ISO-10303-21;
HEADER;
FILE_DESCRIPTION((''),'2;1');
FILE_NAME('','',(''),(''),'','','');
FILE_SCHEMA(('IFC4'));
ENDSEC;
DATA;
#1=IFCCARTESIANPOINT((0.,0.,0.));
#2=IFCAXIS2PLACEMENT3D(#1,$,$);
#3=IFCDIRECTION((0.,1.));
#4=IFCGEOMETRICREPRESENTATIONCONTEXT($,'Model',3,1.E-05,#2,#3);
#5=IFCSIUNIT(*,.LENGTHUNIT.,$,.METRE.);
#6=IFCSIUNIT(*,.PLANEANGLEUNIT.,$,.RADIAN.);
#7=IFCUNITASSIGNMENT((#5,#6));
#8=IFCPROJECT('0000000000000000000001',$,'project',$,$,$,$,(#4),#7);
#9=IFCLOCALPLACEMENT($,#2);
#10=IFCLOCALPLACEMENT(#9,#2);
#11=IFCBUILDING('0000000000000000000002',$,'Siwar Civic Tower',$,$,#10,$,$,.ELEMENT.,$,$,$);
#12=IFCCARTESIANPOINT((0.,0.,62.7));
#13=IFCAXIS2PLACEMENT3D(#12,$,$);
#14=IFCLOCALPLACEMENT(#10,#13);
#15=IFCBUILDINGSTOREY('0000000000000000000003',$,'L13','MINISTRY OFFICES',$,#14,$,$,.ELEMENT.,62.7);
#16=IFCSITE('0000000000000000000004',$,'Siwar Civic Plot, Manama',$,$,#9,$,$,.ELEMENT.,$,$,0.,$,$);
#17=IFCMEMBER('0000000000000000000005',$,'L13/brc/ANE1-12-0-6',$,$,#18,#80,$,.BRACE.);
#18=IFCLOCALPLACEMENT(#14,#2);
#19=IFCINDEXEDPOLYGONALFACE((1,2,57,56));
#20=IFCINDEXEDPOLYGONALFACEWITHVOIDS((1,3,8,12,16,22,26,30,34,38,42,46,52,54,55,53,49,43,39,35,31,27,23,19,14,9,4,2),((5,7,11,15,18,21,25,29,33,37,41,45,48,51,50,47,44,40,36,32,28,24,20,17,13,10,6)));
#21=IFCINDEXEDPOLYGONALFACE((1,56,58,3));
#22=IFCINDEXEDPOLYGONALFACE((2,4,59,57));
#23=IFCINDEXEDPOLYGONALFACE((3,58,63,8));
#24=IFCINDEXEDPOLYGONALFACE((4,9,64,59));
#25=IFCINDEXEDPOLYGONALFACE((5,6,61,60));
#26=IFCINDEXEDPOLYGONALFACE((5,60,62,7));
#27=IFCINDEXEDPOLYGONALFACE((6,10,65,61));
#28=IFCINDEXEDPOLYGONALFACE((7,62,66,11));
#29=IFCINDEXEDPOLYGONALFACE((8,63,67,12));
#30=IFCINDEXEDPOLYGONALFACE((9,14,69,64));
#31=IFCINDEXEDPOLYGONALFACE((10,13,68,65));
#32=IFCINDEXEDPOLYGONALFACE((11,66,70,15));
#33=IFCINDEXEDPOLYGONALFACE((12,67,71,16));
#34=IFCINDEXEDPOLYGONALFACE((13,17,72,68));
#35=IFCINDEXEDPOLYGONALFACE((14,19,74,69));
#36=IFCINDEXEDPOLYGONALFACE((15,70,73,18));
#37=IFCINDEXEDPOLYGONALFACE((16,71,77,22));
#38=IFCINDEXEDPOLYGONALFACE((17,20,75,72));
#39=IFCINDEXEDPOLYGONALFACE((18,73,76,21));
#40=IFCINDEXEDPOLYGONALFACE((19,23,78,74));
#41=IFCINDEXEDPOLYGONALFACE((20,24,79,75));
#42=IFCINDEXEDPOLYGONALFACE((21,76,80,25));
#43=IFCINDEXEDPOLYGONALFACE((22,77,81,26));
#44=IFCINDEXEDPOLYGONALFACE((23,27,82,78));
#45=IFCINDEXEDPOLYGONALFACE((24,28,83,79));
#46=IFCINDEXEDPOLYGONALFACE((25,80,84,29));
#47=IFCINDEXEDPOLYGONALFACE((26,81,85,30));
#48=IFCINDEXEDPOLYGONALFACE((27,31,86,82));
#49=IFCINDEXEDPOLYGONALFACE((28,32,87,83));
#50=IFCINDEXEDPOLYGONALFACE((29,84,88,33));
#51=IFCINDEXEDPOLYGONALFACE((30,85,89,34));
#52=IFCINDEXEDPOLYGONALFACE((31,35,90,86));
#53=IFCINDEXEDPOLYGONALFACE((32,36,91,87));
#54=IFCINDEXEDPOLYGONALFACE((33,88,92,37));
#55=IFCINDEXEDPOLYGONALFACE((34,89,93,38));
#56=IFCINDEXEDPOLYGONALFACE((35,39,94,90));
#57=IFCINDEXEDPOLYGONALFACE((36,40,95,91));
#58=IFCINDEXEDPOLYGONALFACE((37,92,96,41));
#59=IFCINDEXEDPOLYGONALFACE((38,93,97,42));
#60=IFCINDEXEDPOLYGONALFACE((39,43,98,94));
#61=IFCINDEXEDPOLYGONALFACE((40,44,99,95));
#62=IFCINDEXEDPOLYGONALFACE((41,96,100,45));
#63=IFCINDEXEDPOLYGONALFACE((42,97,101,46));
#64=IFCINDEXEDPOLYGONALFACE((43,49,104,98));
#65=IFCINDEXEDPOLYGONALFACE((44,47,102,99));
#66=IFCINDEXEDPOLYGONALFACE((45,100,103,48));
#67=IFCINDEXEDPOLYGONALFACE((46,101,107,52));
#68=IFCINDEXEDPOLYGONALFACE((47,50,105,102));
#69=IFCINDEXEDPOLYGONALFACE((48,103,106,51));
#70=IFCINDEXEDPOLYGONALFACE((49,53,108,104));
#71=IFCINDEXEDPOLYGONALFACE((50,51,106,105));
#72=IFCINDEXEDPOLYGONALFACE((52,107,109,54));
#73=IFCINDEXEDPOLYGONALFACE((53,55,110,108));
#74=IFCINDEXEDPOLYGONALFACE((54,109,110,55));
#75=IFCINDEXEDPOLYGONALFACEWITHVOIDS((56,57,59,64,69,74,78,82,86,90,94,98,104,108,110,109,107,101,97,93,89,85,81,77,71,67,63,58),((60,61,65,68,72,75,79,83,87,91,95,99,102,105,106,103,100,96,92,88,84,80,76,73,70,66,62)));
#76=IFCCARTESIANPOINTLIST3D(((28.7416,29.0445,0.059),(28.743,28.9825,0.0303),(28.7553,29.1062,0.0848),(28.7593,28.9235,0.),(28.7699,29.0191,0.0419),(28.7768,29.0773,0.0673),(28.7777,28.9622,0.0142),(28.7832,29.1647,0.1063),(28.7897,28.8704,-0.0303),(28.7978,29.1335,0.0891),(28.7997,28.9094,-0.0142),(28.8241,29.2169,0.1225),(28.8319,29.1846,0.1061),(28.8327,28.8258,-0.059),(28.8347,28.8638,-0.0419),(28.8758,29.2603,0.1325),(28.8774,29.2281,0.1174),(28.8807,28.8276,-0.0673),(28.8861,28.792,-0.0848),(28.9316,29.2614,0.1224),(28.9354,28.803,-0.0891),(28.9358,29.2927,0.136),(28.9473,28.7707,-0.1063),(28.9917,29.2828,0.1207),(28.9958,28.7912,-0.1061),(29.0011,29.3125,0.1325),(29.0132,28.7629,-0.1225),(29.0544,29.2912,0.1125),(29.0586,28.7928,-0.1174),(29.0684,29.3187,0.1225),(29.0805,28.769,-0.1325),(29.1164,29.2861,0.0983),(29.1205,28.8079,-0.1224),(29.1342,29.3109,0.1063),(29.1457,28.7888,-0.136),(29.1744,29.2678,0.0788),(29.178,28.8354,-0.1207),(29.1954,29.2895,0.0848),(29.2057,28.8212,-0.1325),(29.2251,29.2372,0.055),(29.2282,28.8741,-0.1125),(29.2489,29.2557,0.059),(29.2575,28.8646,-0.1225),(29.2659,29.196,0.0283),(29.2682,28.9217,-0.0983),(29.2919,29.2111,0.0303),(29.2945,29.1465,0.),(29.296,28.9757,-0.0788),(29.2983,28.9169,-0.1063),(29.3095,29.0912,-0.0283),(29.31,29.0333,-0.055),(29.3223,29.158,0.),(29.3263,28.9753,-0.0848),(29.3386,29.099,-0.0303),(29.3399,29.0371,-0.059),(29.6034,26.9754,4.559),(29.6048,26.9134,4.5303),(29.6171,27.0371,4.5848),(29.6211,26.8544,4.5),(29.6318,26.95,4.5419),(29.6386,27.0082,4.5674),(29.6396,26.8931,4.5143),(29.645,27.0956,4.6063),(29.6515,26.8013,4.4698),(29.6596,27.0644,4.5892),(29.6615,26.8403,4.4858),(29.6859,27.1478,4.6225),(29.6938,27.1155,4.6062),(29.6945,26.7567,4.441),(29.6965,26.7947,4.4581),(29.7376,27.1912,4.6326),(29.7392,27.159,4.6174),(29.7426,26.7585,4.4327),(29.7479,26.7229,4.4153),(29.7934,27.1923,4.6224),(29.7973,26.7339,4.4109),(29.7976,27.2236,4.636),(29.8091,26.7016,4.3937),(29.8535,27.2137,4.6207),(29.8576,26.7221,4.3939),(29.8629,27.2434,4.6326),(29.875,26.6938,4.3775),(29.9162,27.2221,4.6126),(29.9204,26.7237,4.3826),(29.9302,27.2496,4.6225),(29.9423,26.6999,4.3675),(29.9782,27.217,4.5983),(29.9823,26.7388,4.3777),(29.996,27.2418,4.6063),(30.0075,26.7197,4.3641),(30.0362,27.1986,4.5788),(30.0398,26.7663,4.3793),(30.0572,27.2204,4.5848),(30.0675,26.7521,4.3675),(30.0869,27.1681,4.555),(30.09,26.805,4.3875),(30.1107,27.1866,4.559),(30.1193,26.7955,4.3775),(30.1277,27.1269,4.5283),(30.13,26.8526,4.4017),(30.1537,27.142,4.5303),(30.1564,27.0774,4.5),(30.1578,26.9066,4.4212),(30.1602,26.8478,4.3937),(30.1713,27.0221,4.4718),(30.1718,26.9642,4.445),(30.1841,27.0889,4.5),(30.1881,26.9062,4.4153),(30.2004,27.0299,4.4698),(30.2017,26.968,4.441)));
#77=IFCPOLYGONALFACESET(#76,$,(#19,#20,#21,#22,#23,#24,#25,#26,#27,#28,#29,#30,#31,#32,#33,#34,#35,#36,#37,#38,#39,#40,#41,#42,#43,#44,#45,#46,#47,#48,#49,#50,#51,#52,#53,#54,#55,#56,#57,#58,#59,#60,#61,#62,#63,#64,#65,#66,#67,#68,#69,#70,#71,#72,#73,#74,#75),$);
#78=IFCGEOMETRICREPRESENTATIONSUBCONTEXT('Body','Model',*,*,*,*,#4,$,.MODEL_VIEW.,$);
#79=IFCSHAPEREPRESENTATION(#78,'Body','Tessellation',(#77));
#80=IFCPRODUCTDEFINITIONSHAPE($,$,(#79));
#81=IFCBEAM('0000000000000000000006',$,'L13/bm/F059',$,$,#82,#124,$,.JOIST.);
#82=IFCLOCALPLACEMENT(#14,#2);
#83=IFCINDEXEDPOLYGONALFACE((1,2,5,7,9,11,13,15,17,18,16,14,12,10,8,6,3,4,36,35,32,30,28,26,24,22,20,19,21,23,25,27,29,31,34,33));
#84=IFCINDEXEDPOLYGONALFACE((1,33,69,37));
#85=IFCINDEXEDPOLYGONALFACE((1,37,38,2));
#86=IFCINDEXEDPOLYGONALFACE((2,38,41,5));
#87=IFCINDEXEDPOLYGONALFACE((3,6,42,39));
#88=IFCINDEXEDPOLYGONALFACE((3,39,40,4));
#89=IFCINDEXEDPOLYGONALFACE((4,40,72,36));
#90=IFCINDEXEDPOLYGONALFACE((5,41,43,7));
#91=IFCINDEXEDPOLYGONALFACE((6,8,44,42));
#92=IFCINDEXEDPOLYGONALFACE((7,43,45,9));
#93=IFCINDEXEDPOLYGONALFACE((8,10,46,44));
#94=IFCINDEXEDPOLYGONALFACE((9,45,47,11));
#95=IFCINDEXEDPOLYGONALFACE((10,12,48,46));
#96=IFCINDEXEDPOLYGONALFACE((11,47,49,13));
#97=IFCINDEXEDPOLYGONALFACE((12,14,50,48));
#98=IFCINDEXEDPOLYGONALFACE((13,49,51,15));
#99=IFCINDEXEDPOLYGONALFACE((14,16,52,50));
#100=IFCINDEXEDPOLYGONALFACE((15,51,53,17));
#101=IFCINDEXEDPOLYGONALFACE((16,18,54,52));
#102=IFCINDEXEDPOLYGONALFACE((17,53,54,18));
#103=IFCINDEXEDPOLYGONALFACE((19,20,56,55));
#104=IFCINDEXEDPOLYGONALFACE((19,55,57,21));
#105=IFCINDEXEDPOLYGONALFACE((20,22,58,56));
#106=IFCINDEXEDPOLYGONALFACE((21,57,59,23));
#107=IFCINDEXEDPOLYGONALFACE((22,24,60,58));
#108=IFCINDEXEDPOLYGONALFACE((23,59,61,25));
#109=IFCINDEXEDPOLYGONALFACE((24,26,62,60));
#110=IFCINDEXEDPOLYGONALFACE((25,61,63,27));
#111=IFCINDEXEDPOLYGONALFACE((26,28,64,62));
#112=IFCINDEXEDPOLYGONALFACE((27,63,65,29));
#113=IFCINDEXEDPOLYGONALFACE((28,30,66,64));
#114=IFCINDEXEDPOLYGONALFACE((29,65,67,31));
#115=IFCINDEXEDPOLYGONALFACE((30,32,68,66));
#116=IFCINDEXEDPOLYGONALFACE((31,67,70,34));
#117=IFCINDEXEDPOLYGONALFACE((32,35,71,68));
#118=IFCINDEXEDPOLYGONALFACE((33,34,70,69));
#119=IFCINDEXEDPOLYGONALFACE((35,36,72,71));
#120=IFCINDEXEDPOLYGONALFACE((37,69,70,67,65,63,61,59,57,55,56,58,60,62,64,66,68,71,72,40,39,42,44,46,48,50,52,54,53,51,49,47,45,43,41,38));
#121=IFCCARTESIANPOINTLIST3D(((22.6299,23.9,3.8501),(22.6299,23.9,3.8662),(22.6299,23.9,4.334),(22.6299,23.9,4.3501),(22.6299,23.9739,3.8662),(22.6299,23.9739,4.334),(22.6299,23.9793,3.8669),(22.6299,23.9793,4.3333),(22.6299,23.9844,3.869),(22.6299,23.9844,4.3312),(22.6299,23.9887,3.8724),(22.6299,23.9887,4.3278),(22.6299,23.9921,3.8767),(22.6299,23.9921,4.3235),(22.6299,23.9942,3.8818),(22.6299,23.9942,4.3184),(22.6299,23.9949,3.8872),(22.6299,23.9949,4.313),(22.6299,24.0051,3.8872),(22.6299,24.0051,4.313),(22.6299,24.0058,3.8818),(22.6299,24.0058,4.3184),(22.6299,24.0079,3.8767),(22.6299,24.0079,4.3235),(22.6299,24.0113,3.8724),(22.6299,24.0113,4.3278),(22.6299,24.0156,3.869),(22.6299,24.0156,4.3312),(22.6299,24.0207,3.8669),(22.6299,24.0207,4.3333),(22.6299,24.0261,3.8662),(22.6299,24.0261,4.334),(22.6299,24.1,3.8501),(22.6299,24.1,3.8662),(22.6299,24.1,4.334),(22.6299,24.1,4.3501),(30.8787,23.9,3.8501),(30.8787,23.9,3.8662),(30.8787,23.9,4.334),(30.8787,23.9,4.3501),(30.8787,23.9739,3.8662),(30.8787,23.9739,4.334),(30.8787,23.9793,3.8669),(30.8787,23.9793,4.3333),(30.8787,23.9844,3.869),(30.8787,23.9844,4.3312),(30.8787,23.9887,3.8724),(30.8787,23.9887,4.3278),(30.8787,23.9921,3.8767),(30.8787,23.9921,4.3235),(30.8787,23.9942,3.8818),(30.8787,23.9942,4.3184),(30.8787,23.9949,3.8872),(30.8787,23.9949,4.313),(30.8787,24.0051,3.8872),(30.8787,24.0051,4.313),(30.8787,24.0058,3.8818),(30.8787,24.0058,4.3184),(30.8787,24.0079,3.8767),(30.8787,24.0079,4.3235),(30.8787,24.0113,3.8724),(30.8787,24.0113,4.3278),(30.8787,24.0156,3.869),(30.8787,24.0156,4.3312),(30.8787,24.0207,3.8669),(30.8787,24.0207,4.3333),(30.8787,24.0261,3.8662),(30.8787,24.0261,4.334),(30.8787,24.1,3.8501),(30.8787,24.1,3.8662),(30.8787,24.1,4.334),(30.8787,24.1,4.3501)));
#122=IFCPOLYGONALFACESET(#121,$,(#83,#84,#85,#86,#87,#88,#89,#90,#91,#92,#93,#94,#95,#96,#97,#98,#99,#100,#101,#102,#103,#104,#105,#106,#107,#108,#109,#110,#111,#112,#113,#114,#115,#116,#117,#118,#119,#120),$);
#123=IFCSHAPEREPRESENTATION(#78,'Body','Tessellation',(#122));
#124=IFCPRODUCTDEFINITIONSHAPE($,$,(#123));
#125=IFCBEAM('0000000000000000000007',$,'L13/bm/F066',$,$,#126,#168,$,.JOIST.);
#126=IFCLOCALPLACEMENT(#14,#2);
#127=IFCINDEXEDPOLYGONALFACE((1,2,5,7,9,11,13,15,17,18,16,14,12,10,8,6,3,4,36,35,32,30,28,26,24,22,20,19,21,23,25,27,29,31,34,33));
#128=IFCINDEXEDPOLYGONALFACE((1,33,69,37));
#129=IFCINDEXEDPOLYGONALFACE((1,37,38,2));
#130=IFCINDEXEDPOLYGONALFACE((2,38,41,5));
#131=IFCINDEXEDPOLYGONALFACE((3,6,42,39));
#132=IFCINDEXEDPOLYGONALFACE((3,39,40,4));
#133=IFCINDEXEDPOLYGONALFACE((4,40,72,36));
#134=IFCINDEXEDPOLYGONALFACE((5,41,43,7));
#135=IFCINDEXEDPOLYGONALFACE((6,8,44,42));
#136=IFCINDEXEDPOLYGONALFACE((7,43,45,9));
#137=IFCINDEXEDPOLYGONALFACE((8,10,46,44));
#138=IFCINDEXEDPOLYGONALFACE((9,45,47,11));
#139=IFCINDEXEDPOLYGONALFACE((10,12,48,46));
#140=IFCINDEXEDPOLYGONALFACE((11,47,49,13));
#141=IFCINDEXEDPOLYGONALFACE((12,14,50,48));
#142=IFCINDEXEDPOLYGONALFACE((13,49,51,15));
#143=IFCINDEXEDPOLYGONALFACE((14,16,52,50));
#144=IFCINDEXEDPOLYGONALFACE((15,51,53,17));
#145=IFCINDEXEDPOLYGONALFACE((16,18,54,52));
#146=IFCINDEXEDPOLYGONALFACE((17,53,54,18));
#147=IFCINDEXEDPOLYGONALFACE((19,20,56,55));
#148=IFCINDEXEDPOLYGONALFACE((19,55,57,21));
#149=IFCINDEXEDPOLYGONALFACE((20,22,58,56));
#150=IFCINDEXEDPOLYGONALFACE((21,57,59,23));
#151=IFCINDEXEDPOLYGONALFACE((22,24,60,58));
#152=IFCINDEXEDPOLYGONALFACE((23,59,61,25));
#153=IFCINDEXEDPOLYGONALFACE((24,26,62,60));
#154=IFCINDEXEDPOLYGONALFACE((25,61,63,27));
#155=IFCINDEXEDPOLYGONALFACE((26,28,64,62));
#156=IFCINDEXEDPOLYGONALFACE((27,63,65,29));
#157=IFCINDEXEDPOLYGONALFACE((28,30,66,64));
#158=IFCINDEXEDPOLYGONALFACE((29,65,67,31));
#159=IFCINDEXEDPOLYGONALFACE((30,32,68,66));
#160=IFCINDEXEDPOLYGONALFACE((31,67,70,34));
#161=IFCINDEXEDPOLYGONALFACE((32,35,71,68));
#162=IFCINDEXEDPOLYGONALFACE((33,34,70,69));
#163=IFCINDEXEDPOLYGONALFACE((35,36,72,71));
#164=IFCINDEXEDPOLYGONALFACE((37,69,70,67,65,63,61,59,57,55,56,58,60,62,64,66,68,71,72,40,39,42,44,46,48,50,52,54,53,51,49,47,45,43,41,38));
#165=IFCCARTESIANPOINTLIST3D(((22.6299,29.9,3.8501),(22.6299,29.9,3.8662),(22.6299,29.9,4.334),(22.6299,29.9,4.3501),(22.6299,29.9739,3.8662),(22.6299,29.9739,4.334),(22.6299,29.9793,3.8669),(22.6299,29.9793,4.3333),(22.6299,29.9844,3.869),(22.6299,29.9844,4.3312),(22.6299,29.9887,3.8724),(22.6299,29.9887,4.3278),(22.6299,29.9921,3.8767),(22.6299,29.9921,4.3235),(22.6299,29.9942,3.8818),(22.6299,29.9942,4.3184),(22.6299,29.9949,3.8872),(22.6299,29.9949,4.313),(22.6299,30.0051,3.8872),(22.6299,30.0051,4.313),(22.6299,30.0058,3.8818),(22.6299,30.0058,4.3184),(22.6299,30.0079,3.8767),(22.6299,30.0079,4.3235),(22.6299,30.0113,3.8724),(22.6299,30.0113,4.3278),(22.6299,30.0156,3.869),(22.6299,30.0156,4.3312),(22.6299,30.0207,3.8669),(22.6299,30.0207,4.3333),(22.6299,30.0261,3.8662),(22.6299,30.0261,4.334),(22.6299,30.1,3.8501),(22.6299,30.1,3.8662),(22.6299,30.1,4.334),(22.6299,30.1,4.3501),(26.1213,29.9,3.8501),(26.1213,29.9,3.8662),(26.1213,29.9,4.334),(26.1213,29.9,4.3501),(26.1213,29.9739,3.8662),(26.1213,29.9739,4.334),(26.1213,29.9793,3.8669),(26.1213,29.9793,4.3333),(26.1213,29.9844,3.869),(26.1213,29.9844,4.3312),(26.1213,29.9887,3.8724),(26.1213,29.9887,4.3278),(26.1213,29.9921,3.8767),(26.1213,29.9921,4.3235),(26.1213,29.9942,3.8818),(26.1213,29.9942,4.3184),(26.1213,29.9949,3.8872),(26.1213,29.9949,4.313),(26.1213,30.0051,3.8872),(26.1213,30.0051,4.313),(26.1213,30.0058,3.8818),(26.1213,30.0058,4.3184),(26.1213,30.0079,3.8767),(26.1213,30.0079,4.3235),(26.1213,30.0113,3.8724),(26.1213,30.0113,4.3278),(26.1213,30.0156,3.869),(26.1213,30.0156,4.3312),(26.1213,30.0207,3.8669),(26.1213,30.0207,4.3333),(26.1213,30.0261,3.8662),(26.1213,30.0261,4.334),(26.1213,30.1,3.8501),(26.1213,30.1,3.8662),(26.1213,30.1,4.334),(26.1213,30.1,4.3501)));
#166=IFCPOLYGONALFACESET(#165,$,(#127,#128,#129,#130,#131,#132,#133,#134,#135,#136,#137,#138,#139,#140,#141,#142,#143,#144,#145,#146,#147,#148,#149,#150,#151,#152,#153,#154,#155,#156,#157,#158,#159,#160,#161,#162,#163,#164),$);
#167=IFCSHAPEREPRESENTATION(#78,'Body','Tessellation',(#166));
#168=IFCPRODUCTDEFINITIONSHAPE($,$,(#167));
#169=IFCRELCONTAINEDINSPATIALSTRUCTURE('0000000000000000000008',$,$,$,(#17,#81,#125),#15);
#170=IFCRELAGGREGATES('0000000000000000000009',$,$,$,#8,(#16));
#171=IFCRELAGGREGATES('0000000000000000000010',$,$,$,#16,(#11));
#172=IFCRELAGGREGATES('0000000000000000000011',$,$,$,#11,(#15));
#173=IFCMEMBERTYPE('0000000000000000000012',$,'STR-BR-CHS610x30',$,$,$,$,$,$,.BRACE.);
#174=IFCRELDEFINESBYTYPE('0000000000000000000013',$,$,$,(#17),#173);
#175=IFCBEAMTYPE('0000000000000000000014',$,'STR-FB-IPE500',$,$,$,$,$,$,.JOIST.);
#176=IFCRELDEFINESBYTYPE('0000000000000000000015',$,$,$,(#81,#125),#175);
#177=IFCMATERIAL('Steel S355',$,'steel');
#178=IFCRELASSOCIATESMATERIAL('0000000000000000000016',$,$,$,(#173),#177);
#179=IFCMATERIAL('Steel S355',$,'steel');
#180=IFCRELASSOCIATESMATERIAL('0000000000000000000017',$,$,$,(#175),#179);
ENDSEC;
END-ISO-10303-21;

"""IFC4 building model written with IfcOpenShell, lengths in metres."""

from ifc_helpers import new_model, si_unit, direction, frame, origin, origin_2d, place, context, subcontext, project, spatial, hollow_circle, i_section, extrude, material, material_profile, profile_set, type_object, element, save


model = new_model("IFC4")

# Units and contexts
model_context = context("Model", 3, precision=1e-05, world=origin(), true_north=direction((0.0, 1.0)))
body_context = subcontext(model_context, "Body", "Model", "MODEL_VIEW")
ifc_project = project(units=[si_unit("LENGTHUNIT", "METRE"), si_unit("PLANEANGLEUNIT", "RADIAN")], contexts=[model_context])

# Site, building, storey
site_placement = place(None, origin())
site = spatial("IfcSite", under=ifc_project, at=site_placement, Name="Siwar Civic Plot, Manama", CompositionType="ELEMENT", RefElevation=0.0)
building_placement = place(site_placement, origin())
building = spatial("IfcBuilding", under=site, at=building_placement, Name="Siwar Civic Tower", CompositionType="ELEMENT")
storey_placement = place(building_placement, frame((0.0, 0.0, 62.7)))
storey = spatial("IfcBuildingStorey", under=building, at=storey_placement, Name="L13", Description="MINISTRY OFFICES", CompositionType="ELEMENT", Elevation=62.7)

# Member
ifc_material_1 = material(Name="Steel S355", Category="steel")
ifc_material_profile_1 = material_profile(ifc_material_1, hollow_circle(Radius=0.3049, WallThickness=0.03, at=origin_2d()), Name="CHS610x30")
ifc_profile_set_1 = profile_set([ifc_material_profile_1], Name="Steel S355")
member_type_1 = type_object("IfcMemberType", Name="STR-BR-CHS610x30", PredefinedType="BRACE", material=ifc_profile_set_1)
member_1_placement = place(storey_placement, frame((29.0408, 29.0408, 0.0), z_axis=(0.171427, -0.41157, 0.895111), x_axis=(0.923125, 0.384499, 0.0)))
element("IfcMember", 1, at=member_1_placement, inside=storey, type_object=member_type_1, Name="L13/brc/ANE1-12-0-6", PredefinedType="BRACE", context=body_context, shape_type="SweptSolid", body=[
    extrude(hollow_circle(Radius=0.3049, WallThickness=0.03, at=origin_2d()), origin(), (0.0, 0.0, 1.0), 5.0273),
])

# Beams
ifc_material_2 = material(Name="Steel S355", Category="steel")
ifc_material_profile_2 = material_profile(ifc_material_2, i_section(OverallWidth=0.2, OverallDepth=0.5, WebThickness=0.0103, FlangeThickness=0.0161, FilletRadius=0.021, at=origin_2d()), Name="IPE500")
ifc_profile_set_2 = profile_set([ifc_material_profile_2], Name="Steel S355")
beam_type_1 = type_object("IfcBeamType", Name="STR-FB-IPE500", PredefinedType="JOIST", material=ifc_profile_set_2)
beam_1_placement = place(storey_placement, frame((22.6299, 24.0, 4.1001), z_axis=(1.0, 0.0, 0.0), x_axis=(0.0, 1.0, 0.0)))
element("IfcBeam", 2, at=beam_1_placement, inside=storey, type_object=beam_type_1, Name="L13/bm/F059", PredefinedType="JOIST", context=body_context, shape_type="SweptSolid", body=[
    extrude(i_section(OverallWidth=0.2, OverallDepth=0.5, WebThickness=0.0103, FlangeThickness=0.0161, FilletRadius=0.021, at=origin_2d()), origin(), (0.0, 0.0, 1.0), 8.2488),
])
beam_2_placement = place(storey_placement, frame((22.6299, 30.0, 4.1001), z_axis=(1.0, 0.0, 0.0), x_axis=(0.0, 1.0, 0.0)))
element("IfcBeam", 3, at=beam_2_placement, inside=storey, type_object=beam_type_1, Name="L13/bm/F066", PredefinedType="JOIST", context=body_context, shape_type="SweptSolid", body=[
    extrude(i_section(OverallWidth=0.2, OverallDepth=0.5, WebThickness=0.0103, FlangeThickness=0.0161, FilletRadius=0.021, at=origin_2d()), origin(), (0.0, 0.0, 1.0), 3.4915),
])

save(model, "model.ifc")
